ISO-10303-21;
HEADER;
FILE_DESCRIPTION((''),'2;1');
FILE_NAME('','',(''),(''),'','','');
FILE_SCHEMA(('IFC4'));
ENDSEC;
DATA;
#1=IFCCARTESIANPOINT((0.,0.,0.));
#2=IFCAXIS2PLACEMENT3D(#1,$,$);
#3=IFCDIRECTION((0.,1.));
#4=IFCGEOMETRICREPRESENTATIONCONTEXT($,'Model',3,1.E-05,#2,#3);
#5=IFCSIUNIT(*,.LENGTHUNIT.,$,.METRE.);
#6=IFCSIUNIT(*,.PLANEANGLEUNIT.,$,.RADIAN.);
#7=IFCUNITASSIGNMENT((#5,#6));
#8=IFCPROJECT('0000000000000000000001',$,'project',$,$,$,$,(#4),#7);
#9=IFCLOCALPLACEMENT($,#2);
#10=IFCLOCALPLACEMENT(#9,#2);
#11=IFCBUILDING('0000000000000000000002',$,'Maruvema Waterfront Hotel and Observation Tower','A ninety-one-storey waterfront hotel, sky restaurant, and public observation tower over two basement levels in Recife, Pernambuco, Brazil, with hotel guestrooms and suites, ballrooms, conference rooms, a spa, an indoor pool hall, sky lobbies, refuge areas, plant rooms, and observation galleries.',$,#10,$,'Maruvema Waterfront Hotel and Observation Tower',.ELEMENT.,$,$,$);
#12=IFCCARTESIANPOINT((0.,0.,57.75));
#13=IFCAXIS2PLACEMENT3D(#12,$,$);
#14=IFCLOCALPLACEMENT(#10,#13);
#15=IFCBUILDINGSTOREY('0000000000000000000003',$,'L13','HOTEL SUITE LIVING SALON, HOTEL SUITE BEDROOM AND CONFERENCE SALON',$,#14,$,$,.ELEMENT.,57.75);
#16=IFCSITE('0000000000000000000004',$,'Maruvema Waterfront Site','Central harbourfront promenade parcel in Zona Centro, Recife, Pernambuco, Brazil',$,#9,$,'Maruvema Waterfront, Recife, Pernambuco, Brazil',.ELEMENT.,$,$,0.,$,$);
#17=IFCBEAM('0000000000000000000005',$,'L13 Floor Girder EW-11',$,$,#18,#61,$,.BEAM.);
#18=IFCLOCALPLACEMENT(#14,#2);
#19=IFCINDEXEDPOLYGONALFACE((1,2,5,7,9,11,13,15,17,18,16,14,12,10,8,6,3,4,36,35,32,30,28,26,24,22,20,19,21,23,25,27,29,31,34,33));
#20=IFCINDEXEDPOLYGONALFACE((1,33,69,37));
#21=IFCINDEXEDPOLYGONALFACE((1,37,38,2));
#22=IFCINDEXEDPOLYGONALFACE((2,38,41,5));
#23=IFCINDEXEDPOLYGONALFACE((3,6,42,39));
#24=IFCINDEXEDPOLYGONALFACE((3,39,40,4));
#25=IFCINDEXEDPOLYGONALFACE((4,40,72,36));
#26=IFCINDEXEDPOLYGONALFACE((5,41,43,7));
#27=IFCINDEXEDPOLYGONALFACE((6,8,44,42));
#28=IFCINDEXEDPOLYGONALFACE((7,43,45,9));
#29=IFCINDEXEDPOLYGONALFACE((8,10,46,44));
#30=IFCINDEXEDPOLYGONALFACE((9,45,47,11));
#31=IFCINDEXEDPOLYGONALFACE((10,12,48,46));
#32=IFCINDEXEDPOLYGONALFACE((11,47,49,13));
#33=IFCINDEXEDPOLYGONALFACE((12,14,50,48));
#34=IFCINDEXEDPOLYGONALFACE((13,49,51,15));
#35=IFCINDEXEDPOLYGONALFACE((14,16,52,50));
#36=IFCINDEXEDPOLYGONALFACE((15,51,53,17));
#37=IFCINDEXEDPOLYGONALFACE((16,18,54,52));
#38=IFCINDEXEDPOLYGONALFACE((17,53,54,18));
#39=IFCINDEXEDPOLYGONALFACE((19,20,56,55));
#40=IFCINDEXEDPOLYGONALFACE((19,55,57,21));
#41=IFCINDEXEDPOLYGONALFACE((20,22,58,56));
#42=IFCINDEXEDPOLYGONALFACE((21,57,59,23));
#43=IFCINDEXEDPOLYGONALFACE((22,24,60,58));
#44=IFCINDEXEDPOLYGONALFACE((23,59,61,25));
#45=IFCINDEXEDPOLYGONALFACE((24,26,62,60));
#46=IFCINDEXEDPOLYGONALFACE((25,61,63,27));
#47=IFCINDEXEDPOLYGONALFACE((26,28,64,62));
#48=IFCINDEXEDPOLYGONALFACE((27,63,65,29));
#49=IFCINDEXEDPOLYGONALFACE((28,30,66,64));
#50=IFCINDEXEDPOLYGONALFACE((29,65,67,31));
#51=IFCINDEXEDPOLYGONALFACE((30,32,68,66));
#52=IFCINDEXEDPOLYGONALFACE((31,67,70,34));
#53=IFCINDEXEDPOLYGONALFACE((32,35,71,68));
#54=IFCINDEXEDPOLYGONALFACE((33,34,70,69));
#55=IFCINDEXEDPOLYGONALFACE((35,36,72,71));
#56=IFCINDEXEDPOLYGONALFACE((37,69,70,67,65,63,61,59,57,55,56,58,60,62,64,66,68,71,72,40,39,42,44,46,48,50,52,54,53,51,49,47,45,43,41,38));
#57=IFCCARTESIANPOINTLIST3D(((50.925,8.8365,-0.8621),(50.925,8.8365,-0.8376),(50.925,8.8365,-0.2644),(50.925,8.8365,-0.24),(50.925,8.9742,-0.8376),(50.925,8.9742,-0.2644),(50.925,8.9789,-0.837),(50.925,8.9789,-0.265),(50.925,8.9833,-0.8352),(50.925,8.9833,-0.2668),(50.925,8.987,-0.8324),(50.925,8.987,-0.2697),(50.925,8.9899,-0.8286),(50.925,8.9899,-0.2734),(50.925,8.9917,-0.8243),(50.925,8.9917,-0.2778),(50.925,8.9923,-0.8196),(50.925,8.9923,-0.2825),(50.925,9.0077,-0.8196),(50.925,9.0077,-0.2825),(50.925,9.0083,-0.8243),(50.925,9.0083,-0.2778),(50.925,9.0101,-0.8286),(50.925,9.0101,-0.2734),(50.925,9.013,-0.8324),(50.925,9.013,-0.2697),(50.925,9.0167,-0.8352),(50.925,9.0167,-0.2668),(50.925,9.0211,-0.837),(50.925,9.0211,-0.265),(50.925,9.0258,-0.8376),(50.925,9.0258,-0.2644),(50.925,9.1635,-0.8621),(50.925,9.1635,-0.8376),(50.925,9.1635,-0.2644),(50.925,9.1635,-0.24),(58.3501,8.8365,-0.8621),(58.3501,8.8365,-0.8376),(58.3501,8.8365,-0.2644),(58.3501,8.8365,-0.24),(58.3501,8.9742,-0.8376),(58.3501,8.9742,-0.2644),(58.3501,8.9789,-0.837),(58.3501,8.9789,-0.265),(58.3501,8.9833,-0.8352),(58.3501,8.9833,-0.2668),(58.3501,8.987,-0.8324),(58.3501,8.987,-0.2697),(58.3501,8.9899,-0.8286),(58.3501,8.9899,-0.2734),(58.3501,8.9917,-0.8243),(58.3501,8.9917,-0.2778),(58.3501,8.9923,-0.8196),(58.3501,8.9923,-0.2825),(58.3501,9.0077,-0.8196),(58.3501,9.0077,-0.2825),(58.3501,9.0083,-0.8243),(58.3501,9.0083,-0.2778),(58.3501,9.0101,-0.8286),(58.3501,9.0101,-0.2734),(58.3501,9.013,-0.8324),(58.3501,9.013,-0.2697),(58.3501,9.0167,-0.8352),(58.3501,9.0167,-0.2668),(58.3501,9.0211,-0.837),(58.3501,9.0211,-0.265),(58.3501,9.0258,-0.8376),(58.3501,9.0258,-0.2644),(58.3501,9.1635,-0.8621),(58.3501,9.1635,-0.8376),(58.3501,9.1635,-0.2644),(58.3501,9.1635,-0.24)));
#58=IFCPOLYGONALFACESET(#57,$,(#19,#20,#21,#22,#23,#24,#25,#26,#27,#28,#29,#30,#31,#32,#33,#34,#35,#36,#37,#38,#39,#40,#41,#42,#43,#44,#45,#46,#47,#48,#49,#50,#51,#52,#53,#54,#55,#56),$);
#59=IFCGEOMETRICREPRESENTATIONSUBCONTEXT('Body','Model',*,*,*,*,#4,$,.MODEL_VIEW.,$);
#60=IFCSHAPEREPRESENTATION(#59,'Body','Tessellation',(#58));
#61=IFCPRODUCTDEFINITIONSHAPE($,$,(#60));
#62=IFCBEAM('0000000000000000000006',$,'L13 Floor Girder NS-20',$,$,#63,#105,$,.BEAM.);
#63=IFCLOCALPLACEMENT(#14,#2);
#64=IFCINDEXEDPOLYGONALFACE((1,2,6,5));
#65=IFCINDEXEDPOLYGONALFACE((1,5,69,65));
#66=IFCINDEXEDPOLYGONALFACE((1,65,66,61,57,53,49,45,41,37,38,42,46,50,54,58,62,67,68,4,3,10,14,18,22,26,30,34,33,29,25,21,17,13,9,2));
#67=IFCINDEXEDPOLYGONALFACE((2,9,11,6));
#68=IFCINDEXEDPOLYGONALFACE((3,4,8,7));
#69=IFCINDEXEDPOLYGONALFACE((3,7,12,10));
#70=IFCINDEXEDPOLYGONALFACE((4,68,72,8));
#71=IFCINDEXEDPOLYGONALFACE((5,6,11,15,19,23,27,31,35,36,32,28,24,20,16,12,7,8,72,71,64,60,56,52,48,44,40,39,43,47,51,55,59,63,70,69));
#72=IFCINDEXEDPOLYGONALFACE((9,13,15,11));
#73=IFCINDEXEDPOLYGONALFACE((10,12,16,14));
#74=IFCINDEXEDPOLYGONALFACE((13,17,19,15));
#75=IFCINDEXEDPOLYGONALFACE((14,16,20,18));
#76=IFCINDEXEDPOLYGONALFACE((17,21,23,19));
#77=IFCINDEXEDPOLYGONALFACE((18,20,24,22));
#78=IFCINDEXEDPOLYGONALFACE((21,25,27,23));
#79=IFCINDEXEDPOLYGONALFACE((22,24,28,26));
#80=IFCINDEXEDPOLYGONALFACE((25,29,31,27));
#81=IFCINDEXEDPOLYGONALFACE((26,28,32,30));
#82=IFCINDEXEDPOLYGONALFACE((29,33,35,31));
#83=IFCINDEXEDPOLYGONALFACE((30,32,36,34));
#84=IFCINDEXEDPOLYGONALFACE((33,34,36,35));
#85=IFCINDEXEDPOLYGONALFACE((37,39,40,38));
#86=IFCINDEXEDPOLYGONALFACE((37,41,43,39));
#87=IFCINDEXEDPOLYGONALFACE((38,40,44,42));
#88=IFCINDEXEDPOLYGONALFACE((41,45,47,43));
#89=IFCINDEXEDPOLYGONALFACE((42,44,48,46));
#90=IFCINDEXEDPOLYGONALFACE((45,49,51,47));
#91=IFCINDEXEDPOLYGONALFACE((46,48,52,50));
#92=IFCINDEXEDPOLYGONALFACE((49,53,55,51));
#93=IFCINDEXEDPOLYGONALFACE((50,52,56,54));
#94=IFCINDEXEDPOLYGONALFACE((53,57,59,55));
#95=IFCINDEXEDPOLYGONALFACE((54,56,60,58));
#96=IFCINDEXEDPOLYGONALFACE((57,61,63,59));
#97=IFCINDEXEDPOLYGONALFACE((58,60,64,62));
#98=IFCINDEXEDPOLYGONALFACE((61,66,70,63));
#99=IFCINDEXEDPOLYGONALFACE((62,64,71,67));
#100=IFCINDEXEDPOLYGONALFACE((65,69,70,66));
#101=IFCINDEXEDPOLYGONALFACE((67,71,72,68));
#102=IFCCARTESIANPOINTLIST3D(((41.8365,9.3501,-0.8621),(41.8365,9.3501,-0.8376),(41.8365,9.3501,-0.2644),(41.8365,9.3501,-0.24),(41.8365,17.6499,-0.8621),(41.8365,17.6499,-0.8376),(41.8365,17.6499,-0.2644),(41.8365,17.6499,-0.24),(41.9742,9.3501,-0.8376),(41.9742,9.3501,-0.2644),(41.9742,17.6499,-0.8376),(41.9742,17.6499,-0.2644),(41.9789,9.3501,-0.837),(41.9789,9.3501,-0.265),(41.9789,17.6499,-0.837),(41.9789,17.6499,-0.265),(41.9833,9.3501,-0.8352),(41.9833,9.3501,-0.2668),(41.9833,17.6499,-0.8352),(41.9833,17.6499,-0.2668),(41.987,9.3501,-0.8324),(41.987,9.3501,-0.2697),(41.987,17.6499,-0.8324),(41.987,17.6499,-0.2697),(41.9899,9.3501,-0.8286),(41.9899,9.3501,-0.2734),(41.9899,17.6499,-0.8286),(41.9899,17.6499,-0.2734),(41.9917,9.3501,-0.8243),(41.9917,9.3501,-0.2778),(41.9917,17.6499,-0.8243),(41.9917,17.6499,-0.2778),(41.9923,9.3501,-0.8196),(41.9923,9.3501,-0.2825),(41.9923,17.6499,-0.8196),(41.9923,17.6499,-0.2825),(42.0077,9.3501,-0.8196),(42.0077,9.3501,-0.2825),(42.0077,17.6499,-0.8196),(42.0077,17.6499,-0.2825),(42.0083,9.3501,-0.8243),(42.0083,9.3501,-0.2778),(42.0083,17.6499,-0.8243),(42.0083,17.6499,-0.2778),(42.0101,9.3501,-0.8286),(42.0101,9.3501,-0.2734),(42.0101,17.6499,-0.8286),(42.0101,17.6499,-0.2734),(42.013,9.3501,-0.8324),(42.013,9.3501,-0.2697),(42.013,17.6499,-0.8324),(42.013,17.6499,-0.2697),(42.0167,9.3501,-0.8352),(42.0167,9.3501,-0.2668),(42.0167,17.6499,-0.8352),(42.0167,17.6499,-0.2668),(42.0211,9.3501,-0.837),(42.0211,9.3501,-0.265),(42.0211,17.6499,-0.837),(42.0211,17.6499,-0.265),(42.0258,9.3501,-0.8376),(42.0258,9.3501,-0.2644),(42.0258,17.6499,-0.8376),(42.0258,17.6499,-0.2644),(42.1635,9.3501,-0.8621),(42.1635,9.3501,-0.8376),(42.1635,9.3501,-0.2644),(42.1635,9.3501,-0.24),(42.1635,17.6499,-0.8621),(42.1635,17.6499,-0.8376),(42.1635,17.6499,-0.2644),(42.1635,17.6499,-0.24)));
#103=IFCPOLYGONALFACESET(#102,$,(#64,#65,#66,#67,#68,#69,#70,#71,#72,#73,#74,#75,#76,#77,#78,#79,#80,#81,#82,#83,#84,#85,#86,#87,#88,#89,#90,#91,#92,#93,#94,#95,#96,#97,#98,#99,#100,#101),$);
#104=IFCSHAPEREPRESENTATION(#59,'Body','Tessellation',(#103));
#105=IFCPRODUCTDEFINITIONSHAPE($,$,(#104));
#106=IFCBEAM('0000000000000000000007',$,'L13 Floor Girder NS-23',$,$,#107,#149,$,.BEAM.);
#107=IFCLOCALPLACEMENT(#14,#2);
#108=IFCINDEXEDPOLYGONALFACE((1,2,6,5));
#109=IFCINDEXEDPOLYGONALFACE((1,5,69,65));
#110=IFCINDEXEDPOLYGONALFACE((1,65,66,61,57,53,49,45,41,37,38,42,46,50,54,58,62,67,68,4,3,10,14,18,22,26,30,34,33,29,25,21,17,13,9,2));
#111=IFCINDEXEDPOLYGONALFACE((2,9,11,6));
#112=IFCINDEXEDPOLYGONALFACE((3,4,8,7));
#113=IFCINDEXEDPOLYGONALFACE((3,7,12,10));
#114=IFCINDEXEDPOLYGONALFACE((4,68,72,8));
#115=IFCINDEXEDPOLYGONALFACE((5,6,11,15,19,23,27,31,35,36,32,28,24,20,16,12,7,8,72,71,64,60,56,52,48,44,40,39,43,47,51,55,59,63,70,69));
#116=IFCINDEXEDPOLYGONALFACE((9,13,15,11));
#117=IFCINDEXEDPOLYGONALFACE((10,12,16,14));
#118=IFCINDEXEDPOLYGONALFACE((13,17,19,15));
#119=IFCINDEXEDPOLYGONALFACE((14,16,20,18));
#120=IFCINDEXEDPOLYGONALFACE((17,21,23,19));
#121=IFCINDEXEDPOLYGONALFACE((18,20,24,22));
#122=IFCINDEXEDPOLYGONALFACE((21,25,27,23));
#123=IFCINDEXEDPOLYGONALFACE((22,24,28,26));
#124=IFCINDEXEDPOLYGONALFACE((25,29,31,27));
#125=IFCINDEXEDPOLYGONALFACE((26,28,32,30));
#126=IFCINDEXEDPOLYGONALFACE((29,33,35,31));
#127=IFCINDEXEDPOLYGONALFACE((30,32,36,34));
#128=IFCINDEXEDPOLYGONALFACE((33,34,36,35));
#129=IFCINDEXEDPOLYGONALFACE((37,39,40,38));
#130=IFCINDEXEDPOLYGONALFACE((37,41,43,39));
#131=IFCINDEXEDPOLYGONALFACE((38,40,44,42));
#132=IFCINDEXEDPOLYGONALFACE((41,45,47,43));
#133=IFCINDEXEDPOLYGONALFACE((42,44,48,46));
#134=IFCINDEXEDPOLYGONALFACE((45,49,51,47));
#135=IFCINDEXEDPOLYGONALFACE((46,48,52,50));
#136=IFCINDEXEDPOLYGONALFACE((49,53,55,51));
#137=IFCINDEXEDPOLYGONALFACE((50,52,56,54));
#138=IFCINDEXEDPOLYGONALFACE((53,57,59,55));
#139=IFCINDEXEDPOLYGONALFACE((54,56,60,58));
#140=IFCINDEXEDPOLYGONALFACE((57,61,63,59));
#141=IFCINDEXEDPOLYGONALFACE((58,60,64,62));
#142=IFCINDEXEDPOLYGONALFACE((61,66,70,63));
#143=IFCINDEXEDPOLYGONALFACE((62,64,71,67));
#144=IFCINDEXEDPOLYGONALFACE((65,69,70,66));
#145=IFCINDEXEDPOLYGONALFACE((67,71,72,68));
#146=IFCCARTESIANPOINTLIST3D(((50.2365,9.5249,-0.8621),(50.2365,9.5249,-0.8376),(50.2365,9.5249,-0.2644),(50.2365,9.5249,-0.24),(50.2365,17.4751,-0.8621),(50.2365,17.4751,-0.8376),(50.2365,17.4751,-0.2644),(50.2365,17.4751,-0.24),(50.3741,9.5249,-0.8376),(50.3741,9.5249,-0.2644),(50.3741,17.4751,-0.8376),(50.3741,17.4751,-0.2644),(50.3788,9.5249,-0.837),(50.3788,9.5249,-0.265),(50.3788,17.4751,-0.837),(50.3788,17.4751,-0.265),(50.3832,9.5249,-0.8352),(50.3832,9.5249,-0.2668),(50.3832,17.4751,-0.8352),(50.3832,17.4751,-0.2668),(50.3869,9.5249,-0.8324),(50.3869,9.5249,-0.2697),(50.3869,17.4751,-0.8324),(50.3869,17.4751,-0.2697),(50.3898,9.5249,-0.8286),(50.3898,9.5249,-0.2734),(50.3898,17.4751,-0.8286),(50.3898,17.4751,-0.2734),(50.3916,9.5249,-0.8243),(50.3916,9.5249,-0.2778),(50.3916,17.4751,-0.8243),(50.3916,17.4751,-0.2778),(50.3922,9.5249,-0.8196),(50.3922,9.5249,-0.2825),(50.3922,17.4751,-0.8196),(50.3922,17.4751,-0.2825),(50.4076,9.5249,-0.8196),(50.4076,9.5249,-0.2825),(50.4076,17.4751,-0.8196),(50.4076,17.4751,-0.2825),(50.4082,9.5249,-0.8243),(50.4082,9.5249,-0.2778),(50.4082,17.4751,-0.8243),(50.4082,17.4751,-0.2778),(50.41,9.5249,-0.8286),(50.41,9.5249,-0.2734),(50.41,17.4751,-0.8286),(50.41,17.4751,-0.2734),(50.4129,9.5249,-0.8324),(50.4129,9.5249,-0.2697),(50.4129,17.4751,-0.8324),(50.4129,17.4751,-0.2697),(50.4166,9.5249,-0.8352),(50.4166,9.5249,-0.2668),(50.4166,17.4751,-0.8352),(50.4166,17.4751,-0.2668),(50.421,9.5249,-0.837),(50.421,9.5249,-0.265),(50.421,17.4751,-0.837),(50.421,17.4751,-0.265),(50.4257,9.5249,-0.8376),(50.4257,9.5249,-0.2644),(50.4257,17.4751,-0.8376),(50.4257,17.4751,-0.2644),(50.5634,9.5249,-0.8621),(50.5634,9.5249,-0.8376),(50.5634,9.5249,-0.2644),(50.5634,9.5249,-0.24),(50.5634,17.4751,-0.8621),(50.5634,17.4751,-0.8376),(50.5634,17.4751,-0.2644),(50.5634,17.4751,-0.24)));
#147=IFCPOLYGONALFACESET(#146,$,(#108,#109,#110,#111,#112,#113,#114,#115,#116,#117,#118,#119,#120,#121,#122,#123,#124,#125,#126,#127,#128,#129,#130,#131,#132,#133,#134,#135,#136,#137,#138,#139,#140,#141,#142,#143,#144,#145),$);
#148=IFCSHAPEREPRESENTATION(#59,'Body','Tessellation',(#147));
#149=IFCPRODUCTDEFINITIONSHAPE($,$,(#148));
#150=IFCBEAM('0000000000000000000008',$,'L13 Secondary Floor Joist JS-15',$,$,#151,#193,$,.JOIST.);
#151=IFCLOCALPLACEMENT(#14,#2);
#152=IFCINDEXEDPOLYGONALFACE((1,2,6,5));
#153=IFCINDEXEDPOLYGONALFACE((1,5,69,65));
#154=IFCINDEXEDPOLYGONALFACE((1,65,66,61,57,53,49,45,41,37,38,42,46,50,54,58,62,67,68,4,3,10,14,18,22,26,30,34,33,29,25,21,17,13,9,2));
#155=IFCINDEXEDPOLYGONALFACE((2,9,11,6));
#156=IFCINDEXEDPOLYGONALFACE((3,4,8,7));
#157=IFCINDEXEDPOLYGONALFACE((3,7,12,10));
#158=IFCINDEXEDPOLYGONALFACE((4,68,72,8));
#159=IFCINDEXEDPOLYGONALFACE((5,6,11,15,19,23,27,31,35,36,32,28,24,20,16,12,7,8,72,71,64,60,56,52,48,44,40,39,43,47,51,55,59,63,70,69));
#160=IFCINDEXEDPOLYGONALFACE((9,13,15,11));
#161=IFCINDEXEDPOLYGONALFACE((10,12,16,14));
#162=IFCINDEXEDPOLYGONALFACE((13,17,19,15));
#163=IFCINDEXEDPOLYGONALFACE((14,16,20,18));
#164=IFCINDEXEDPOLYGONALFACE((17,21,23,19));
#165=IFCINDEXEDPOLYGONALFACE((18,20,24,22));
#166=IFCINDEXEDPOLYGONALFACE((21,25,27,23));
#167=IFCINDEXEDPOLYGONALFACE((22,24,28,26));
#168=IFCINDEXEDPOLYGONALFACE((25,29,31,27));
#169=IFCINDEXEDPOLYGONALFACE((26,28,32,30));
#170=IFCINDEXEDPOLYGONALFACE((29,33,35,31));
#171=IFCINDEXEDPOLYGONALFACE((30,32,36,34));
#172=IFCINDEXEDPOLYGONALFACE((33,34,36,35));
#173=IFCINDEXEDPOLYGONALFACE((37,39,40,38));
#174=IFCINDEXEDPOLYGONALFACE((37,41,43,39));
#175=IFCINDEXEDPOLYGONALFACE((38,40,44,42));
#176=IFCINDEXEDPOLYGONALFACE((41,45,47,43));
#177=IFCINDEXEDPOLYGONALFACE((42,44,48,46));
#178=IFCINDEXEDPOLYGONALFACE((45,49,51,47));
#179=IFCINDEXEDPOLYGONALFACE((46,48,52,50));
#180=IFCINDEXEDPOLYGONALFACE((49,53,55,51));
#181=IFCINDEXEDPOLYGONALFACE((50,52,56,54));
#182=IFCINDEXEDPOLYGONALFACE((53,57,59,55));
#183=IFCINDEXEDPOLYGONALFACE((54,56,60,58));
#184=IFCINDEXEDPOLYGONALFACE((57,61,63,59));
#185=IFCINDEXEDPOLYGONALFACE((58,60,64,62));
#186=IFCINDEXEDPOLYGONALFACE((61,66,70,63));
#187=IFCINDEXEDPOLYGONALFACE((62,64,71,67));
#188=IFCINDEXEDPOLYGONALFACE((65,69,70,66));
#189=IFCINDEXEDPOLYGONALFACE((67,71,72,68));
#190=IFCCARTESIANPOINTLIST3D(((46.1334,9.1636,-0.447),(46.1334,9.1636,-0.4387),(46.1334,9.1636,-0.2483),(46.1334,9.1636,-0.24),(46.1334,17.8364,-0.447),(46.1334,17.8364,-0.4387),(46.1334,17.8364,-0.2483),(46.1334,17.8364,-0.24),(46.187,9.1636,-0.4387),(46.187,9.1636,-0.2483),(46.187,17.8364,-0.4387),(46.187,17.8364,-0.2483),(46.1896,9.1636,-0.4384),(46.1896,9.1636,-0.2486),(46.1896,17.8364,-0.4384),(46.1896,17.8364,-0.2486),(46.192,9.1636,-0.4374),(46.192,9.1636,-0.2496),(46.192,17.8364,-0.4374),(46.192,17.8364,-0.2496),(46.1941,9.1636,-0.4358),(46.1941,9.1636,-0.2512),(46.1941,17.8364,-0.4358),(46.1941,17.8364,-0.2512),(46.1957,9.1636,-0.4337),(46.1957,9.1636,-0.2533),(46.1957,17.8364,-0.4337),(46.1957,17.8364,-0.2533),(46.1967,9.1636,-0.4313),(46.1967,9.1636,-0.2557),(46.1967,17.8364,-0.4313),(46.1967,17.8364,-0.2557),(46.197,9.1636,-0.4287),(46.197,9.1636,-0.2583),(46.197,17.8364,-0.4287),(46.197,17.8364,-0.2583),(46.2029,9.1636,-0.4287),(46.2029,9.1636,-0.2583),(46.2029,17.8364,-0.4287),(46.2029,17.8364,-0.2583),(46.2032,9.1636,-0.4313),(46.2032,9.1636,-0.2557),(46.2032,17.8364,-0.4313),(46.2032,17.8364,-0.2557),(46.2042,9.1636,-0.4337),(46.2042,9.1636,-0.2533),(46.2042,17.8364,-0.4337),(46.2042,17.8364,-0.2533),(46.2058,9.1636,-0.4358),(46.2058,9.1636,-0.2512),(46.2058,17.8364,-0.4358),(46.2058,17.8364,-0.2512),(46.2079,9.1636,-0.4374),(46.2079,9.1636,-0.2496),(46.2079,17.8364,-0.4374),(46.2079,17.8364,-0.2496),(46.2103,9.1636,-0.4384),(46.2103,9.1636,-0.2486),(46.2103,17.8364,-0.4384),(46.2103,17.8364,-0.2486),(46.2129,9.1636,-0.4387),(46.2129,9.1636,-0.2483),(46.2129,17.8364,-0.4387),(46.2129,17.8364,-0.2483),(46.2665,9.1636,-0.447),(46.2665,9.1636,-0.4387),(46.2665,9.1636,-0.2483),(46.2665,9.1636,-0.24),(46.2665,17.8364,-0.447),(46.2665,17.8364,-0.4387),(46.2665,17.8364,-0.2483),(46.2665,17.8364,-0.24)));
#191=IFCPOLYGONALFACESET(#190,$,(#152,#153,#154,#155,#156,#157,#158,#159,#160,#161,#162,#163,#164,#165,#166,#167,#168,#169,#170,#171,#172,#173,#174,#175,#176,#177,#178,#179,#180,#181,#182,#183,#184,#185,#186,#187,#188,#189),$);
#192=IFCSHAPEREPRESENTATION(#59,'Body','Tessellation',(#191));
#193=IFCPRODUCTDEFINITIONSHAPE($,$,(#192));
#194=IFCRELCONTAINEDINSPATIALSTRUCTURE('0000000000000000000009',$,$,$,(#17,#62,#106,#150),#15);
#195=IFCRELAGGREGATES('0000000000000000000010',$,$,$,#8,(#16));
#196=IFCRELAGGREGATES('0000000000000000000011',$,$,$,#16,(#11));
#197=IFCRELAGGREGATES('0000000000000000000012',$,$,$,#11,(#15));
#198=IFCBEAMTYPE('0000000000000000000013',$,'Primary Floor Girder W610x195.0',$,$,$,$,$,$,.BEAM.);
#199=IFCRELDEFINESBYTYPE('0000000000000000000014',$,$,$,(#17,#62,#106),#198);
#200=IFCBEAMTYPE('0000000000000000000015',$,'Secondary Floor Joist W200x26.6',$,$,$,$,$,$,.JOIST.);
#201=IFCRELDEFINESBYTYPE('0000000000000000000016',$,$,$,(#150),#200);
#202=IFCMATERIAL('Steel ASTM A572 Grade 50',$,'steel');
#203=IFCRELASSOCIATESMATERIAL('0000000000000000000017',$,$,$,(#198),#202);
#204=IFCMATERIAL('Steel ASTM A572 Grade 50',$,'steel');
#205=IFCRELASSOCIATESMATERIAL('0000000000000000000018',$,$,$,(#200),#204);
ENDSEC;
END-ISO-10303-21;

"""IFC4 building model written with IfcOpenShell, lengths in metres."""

from ifc_helpers import new_model, si_unit, direction, frame, origin, origin_2d, place, context, subcontext, project, spatial, i_section, extrude, material, material_profile, profile_set, type_object, element, save


model = new_model("IFC4")

# Units and contexts
model_context = context("Model", 3, precision=1e-05, world=origin(), true_north=direction((0.0, 1.0)))
body_context = subcontext(model_context, "Body", "Model", "MODEL_VIEW")
ifc_project = project(units=[si_unit("LENGTHUNIT", "METRE"), si_unit("PLANEANGLEUNIT", "RADIAN")], contexts=[model_context])

# Site, building, storey
site_placement = place(None, origin())
site = spatial("IfcSite", under=ifc_project, at=site_placement, Name="Maruvema Waterfront Site", Description="Central harbourfront promenade parcel in Zona Centro, Recife, Pernambuco, Brazil", LongName="Maruvema Waterfront, Recife, Pernambuco, Brazil", CompositionType="ELEMENT", RefElevation=0.0)
building_placement = place(site_placement, origin())
building = spatial("IfcBuilding", under=site, at=building_placement, Name="Maruvema Waterfront Hotel and Observation Tower", Description="A ninety-one-storey waterfront hotel, sky restaurant, and public observation tower over two basement levels in Recife, Pernambuco, Brazil, with hotel guestrooms and suites, ballrooms, conference rooms, a spa, an indoor pool hall, sky lobbies, refuge areas, plant rooms, and observation galleries.", LongName="Maruvema Waterfront Hotel and Observation Tower", CompositionType="ELEMENT")
storey_placement = place(building_placement, frame((0.0, 0.0, 57.75)))
storey = spatial("IfcBuildingStorey", under=building, at=storey_placement, Name="L13", Description="HOTEL SUITE LIVING SALON, HOTEL SUITE BEDROOM AND CONFERENCE SALON", CompositionType="ELEMENT", Elevation=57.75)

# Beams
ifc_material_1 = material(Name="Steel ASTM A572 Grade 50", Category="steel")
ifc_material_profile_1 = material_profile(ifc_material_1, i_section(OverallWidth=0.3269, OverallDepth=0.6221, WebThickness=0.0154, FlangeThickness=0.0244, FilletRadius=0.0181, at=origin_2d()), Name="W610x195.0")
ifc_profile_set_1 = profile_set([ifc_material_profile_1], Name="Steel ASTM A572 Grade 50")
beam_type_1 = type_object("IfcBeamType", Name="Primary Floor Girder W610x195.0", PredefinedType="BEAM", material=ifc_profile_set_1)
beam_1_placement = place(storey_placement, frame((50.925, 9.0, -0.551), z_axis=(1.0, 0.0, 0.0), x_axis=(0.0, 1.0, 0.0)))
element("IfcBeam", 1, at=beam_1_placement, inside=storey, type_object=beam_type_1, Name="L13 Floor Girder EW-11", PredefinedType="BEAM", context=body_context, shape_type="SweptSolid", body=[
    extrude(i_section(OverallWidth=0.3269, OverallDepth=0.6221, WebThickness=0.0154, FlangeThickness=0.0244, FilletRadius=0.0181, at=origin_2d()), origin(), (0.0, 0.0, 1.0), 7.425),
])
beam_2_placement = place(storey_placement, frame((42.0, 9.3501, -0.551), z_axis=(0.0, 1.0, 0.0), x_axis=(-1.0, 0.0, 0.0)))
element("IfcBeam", 2, at=beam_2_placement, inside=storey, type_object=beam_type_1, Name="L13 Floor Girder NS-20", PredefinedType="BEAM", context=body_context, shape_type="SweptSolid", body=[
    extrude(i_section(OverallWidth=0.3269, OverallDepth=0.6221, WebThickness=0.0154, FlangeThickness=0.0244, FilletRadius=0.0181, at=origin_2d()), origin(), (0.0, 0.0, 1.0), 8.2998),
])
beam_3_placement = place(storey_placement, frame((50.3999, 9.5249, -0.551), z_axis=(0.0, 1.0, 0.0), x_axis=(-1.0, 0.0, 0.0)))
element("IfcBeam", 3, at=beam_3_placement, inside=storey, type_object=beam_type_1, Name="L13 Floor Girder NS-23", PredefinedType="BEAM", context=body_context, shape_type="SweptSolid", body=[
    extrude(i_section(OverallWidth=0.3269, OverallDepth=0.6221, WebThickness=0.0154, FlangeThickness=0.0244, FilletRadius=0.0181, at=origin_2d()), origin(), (0.0, 0.0, 1.0), 7.9502),
])
ifc_material_2 = material(Name="Steel ASTM A572 Grade 50", Category="steel")
ifc_material_profile_2 = material_profile(ifc_material_2, i_section(OverallWidth=0.1331, OverallDepth=0.207, WebThickness=0.0059, FlangeThickness=0.0083, FilletRadius=0.01, at=origin_2d()), Name="W200x26.6")
ifc_profile_set_2 = profile_set([ifc_material_profile_2], Name="Steel ASTM A572 Grade 50")
beam_type_2 = type_object("IfcBeamType", Name="Secondary Floor Joist W200x26.6", PredefinedType="JOIST", material=ifc_profile_set_2)
beam_4_placement = place(storey_placement, frame((46.2, 9.1636, -0.3435), z_axis=(0.0, 1.0, 0.0), x_axis=(-1.0, 0.0, 0.0)))
element("IfcBeam", 4, at=beam_4_placement, inside=storey, type_object=beam_type_2, Name="L13 Secondary Floor Joist JS-15", PredefinedType="JOIST", context=body_context, shape_type="SweptSolid", body=[
    extrude(i_section(OverallWidth=0.1331, OverallDepth=0.207, WebThickness=0.0059, FlangeThickness=0.0083, FilletRadius=0.01, at=origin_2d()), origin(), (0.0, 0.0, 1.0), 8.6729),
])

save(model, "model.ifc")
